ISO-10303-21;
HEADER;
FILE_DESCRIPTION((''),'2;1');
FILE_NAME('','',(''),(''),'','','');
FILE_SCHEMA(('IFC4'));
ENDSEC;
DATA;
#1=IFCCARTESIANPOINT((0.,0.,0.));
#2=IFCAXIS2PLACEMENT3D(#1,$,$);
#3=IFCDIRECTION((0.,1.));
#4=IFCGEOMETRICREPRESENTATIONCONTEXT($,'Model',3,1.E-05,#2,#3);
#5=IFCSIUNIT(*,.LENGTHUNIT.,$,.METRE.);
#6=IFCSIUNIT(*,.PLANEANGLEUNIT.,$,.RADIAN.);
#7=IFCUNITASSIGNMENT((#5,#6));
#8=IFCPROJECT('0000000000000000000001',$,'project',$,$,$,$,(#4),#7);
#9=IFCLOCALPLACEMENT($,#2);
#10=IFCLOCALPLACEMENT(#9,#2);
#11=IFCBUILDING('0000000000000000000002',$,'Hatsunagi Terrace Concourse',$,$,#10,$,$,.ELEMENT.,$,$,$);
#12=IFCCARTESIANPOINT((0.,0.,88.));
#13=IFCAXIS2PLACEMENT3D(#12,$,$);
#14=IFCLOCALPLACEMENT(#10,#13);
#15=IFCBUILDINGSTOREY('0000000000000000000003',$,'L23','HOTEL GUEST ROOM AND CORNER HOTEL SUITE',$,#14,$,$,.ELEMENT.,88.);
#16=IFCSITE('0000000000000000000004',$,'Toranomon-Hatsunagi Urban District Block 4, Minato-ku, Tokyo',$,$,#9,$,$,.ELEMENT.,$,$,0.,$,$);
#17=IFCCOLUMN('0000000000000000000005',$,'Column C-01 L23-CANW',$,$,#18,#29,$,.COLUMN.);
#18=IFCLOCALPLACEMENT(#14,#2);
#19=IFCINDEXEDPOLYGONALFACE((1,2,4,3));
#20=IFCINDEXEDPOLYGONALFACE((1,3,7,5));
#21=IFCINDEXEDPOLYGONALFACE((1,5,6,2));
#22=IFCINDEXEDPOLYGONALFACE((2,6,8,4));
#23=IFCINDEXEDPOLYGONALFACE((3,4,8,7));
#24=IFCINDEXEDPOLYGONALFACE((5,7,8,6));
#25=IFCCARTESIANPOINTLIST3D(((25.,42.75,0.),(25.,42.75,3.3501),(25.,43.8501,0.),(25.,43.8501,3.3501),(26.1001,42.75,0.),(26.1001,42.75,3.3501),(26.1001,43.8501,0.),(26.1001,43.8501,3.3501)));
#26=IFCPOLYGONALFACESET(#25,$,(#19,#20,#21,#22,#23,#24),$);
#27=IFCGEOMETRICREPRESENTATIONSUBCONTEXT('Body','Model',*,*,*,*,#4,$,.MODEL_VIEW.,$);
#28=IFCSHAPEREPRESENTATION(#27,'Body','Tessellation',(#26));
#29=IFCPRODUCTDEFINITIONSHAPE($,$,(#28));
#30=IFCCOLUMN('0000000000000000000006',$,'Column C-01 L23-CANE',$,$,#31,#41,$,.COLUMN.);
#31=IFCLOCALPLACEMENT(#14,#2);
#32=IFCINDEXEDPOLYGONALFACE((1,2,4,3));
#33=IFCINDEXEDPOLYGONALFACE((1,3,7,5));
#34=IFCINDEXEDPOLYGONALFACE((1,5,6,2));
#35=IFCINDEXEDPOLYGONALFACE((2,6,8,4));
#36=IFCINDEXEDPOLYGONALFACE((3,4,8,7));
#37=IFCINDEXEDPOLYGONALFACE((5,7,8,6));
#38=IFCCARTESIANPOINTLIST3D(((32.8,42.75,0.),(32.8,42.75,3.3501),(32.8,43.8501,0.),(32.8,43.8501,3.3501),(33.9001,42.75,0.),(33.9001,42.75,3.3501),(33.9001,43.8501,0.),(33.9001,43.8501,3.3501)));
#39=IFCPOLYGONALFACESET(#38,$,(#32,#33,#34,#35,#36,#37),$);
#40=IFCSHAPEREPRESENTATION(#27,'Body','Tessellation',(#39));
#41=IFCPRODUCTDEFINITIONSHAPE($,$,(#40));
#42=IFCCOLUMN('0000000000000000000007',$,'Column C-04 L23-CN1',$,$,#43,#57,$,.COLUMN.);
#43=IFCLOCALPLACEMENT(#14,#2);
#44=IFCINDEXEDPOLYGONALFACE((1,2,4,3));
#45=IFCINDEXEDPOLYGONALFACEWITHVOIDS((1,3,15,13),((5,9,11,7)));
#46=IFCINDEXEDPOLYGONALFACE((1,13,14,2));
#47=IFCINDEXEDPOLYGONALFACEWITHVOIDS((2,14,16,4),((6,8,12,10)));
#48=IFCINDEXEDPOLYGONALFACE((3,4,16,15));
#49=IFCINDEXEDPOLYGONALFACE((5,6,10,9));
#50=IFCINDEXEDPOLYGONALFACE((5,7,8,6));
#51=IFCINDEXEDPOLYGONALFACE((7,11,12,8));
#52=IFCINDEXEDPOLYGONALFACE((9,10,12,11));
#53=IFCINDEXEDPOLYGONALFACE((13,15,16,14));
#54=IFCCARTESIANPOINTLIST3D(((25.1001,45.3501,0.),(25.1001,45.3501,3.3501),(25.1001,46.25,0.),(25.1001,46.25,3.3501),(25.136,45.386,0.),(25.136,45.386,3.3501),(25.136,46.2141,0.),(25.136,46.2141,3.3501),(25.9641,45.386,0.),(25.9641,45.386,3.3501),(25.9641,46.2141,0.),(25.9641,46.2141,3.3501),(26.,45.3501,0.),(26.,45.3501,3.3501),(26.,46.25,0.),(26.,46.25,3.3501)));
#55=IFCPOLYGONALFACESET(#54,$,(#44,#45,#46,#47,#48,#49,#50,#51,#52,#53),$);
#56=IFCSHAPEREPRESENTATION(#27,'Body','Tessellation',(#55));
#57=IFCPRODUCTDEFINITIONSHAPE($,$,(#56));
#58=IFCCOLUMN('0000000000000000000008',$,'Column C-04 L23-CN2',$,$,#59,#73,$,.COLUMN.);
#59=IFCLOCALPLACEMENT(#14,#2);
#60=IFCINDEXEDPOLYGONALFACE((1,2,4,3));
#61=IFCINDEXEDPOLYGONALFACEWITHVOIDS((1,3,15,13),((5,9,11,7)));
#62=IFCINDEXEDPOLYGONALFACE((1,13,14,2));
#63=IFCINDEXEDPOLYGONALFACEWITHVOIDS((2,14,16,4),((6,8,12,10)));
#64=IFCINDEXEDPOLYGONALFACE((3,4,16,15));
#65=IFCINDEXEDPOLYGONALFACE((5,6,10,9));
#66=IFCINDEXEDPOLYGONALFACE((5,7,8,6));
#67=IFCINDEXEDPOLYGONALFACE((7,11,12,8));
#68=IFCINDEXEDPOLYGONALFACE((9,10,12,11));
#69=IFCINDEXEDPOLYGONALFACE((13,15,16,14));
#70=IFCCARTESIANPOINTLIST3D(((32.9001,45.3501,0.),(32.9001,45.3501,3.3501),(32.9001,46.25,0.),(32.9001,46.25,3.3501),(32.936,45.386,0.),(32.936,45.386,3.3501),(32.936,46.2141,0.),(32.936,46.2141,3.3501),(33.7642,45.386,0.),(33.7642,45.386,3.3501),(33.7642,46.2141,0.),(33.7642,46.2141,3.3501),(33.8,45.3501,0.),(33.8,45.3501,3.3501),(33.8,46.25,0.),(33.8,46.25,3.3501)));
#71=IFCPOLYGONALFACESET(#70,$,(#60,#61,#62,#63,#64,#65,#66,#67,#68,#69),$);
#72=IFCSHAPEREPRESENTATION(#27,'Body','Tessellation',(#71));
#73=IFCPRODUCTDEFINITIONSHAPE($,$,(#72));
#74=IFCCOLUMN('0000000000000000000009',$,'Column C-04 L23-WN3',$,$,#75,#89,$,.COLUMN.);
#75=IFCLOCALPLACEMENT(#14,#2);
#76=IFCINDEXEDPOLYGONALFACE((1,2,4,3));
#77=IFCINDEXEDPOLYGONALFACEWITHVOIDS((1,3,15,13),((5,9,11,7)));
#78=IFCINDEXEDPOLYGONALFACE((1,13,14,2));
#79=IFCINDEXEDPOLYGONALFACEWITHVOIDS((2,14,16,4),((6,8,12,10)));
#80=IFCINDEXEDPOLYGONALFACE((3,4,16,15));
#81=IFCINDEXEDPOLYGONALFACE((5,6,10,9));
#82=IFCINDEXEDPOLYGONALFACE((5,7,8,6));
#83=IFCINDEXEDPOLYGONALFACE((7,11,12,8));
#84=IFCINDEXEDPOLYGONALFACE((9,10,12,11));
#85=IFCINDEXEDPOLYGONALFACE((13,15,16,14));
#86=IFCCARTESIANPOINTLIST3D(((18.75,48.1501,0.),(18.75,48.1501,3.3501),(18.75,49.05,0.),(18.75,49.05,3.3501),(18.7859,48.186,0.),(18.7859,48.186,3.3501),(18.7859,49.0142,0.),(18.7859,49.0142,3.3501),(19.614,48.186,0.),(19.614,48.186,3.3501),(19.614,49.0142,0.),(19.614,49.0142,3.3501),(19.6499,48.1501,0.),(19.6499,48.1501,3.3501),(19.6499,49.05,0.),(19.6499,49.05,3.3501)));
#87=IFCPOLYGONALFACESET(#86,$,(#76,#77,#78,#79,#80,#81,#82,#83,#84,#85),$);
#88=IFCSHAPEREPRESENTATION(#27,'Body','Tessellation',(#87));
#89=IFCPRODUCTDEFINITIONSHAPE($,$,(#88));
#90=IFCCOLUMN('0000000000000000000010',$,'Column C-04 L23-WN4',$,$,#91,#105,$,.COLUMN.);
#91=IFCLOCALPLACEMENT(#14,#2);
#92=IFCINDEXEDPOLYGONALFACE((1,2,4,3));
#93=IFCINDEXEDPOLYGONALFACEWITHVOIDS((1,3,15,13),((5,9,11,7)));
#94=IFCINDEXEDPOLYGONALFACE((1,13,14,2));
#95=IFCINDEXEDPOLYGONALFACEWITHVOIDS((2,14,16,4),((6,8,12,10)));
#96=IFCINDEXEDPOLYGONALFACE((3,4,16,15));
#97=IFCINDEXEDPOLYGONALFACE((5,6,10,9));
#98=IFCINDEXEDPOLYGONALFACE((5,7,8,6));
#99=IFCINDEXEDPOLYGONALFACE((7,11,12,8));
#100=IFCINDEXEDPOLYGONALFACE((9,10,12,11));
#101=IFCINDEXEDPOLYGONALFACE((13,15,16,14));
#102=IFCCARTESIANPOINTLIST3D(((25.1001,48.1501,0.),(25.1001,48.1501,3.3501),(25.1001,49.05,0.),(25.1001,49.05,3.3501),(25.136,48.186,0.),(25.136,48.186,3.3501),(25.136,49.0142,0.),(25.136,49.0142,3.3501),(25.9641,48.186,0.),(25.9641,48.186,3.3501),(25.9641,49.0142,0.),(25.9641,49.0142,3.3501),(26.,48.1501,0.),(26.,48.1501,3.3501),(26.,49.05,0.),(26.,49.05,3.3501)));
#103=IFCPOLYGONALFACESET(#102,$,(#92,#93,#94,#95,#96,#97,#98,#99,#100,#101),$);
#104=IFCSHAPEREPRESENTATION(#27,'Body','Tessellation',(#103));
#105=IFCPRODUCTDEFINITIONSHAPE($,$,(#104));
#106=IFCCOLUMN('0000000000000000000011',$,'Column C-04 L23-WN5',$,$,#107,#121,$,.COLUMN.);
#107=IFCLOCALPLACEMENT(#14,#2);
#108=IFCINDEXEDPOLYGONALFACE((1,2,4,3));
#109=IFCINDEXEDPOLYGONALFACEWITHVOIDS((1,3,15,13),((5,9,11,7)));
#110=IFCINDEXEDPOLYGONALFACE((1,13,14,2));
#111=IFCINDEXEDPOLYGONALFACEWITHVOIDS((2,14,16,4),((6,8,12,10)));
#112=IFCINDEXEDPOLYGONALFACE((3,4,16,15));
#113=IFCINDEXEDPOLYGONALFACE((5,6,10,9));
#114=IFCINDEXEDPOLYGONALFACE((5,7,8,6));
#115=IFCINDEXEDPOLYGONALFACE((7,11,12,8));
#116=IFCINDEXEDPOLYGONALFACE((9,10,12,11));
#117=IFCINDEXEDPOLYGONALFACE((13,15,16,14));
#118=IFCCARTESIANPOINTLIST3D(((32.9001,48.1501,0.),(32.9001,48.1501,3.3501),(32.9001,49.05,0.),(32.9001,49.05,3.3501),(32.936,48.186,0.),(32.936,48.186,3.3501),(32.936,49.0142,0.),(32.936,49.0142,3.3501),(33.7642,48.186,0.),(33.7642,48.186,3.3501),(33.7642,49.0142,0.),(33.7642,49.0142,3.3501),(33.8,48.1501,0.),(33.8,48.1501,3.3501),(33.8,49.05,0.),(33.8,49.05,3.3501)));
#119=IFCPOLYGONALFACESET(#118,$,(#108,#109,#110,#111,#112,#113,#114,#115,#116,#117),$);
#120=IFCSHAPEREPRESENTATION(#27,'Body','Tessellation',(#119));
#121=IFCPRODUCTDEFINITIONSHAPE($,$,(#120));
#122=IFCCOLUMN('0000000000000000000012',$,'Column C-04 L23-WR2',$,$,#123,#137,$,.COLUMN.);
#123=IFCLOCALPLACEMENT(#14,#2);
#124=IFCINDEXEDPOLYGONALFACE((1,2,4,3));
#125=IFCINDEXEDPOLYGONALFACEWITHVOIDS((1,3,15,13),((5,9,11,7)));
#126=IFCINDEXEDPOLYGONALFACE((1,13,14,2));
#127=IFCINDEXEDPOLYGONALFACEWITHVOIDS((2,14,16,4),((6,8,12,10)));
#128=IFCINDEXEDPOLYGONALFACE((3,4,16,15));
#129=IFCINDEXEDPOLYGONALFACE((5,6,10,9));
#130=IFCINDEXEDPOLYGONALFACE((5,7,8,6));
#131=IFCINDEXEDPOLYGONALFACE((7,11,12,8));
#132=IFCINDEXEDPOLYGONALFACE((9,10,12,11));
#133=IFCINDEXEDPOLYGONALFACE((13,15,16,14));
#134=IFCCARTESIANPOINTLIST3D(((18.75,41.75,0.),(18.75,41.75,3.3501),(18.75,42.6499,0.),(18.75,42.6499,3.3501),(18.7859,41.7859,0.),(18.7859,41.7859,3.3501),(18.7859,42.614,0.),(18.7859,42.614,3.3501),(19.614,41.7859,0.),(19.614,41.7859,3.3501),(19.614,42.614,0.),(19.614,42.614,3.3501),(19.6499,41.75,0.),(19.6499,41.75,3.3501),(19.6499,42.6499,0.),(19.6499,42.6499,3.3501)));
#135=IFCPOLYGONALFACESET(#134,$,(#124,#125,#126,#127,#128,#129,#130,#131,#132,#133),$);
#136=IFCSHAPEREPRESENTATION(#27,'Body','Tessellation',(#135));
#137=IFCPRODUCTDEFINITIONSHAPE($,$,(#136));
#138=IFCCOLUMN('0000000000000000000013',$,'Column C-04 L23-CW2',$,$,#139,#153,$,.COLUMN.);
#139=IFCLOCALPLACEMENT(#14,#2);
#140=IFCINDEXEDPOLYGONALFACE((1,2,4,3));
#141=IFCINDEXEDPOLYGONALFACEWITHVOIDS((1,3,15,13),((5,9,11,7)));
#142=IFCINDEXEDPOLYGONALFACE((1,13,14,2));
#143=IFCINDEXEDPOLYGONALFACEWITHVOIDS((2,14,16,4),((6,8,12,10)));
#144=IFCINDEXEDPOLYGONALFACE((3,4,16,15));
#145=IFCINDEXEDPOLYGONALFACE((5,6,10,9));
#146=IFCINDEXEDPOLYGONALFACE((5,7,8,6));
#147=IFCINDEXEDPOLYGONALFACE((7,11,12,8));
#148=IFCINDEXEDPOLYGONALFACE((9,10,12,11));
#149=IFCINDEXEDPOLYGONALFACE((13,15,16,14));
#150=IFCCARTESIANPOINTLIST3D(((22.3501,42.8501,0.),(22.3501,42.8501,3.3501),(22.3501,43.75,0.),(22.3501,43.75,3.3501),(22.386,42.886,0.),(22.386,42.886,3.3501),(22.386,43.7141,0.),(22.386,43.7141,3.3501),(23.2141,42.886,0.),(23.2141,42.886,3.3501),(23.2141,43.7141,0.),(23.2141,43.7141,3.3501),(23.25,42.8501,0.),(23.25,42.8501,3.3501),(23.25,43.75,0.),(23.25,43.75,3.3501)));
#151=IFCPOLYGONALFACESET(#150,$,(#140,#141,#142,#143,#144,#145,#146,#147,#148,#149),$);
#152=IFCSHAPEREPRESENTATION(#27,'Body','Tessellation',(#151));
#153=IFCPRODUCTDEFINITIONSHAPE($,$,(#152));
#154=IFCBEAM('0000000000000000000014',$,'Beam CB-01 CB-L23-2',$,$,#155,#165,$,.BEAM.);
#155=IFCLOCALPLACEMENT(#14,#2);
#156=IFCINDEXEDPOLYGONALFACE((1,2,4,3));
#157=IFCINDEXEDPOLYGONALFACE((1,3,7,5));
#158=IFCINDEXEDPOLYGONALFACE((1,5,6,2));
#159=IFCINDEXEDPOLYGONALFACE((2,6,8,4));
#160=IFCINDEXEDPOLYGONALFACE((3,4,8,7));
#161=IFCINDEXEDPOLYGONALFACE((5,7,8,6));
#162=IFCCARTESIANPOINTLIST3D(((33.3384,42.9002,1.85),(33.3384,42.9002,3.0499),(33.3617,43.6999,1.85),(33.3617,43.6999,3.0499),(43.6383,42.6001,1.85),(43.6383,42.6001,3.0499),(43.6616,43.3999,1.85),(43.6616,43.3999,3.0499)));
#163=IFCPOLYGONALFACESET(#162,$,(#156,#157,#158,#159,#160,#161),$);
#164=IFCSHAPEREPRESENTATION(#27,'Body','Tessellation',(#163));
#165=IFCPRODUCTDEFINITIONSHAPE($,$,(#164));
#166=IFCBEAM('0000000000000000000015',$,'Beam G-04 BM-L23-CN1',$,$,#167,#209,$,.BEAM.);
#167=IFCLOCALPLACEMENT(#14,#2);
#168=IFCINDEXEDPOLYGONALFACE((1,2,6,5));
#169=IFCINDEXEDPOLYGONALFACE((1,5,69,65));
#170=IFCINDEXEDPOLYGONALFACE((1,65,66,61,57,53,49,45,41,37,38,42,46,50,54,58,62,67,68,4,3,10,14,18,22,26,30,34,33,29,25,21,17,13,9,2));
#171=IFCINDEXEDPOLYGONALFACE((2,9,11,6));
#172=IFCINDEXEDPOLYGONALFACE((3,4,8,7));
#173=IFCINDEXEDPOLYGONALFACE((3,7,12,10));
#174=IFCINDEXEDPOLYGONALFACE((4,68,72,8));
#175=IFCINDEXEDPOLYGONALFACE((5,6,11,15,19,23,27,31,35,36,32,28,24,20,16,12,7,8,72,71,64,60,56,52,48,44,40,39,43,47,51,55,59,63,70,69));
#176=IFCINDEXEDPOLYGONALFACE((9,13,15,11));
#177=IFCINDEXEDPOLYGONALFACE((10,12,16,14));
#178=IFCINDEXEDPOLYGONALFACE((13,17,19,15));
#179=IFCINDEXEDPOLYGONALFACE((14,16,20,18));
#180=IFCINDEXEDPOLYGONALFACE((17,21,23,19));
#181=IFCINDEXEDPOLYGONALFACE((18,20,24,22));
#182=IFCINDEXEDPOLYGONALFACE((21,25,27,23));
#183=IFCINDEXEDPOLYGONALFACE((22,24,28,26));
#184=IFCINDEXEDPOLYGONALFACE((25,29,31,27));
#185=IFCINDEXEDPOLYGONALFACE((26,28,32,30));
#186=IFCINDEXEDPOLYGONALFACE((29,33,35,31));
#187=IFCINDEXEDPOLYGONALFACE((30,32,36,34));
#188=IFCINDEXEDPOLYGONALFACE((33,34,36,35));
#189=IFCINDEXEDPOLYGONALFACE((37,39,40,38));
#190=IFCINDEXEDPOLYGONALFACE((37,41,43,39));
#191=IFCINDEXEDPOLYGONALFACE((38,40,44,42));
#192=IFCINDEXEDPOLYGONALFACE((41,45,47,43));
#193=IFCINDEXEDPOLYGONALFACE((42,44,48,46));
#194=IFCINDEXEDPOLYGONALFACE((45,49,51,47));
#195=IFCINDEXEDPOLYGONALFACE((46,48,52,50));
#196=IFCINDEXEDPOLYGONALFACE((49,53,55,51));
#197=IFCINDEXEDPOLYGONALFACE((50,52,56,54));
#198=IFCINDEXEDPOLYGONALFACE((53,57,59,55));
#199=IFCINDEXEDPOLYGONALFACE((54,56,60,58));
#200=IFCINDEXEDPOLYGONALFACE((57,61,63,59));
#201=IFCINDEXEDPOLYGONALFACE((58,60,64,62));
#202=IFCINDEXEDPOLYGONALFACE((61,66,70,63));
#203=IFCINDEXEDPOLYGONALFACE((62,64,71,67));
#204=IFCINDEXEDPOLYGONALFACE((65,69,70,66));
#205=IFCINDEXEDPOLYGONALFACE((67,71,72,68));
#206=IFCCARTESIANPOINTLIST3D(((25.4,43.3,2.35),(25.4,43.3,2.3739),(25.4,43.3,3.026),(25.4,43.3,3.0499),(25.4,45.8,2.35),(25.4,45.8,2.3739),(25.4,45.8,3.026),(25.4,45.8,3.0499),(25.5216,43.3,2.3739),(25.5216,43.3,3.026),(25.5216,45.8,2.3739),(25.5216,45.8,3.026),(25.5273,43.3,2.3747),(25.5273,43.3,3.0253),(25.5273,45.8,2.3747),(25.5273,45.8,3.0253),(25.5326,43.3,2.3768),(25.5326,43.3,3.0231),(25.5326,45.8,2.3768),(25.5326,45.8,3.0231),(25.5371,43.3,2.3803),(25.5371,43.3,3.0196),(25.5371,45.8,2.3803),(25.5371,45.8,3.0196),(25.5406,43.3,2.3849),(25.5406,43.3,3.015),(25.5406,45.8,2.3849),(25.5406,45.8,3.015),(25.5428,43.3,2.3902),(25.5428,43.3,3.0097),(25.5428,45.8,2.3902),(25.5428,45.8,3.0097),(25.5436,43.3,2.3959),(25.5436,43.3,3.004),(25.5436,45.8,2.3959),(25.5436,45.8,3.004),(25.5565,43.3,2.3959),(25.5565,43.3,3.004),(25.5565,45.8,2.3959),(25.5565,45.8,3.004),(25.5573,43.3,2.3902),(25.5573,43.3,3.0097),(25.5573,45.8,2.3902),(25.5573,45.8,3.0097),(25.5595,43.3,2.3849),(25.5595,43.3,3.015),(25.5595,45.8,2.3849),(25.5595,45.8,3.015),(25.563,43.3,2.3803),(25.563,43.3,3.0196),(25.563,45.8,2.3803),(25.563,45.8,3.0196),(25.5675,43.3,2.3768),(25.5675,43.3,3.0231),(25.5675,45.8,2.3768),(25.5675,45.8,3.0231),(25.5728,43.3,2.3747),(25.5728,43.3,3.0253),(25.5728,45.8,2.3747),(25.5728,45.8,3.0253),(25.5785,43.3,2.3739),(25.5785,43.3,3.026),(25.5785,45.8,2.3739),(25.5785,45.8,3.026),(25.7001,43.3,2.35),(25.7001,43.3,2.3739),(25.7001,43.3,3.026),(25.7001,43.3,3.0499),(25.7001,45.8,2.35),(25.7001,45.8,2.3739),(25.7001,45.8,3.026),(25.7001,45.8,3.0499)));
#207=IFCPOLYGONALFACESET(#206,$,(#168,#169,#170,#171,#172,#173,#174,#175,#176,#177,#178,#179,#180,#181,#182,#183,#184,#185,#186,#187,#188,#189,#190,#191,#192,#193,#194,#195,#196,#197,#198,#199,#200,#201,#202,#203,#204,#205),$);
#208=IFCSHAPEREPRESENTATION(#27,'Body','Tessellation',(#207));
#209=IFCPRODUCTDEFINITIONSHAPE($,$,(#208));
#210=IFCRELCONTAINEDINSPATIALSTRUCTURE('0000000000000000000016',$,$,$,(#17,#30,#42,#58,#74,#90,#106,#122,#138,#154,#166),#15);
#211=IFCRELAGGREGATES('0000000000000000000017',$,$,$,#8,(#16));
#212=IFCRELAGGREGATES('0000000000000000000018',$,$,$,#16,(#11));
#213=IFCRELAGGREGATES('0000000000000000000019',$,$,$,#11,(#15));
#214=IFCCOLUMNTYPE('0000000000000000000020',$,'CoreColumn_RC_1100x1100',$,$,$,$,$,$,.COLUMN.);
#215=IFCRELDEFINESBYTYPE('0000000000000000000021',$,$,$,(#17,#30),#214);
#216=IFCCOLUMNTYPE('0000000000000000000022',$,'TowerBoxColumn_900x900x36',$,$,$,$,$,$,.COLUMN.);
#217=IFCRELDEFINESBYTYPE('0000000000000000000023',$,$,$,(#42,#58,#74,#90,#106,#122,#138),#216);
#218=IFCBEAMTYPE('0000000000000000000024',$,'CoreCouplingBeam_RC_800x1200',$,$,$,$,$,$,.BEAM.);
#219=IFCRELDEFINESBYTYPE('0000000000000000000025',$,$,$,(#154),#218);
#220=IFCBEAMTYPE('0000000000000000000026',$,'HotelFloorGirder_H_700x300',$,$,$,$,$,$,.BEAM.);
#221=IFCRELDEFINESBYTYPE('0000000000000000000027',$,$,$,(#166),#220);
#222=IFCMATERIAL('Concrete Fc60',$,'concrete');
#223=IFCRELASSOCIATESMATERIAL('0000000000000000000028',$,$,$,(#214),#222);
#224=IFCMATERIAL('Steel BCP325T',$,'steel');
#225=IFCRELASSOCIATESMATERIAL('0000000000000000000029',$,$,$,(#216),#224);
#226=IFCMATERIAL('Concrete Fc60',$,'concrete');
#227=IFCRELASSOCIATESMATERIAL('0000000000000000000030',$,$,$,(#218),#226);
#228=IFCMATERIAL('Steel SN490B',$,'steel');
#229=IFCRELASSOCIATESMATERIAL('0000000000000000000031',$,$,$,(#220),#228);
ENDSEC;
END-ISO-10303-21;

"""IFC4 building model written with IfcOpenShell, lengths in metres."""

from ifc_helpers import new_model, si_unit, direction, frame, origin, origin_2d, place, context, subcontext, project, spatial, rectangle, hollow_rectangle, i_section, extrude, material, material_profile, profile_set, type_object, element, save


model = new_model("IFC4")

# Units and contexts
model_context = context("Model", 3, precision=1e-05, world=origin(), true_north=direction((0.0, 1.0)))
body_context = subcontext(model_context, "Body", "Model", "MODEL_VIEW")
ifc_project = project(units=[si_unit("LENGTHUNIT", "METRE"), si_unit("PLANEANGLEUNIT", "RADIAN")], contexts=[model_context])

# Site, building, storey
site_placement = place(None, origin())
site = spatial("IfcSite", under=ifc_project, at=site_placement, Name="Toranomon-Hatsunagi Urban District Block 4, Minato-ku, Tokyo", CompositionType="ELEMENT", RefElevation=0.0)
building_placement = place(site_placement, origin())
building = spatial("IfcBuilding", under=site, at=building_placement, Name="Hatsunagi Terrace Concourse", CompositionType="ELEMENT")
storey_placement = place(building_placement, frame((0.0, 0.0, 88.0)))
storey = spatial("IfcBuildingStorey", under=building, at=storey_placement, Name="L23", Description="HOTEL GUEST ROOM AND CORNER HOTEL SUITE", CompositionType="ELEMENT", Elevation=88.0)

# Columns
ifc_material_1 = material(Name="Concrete Fc60", Category="concrete")
ifc_material_profile_1 = material_profile(ifc_material_1, rectangle(XDim=1.1001, YDim=1.1001, at=origin_2d()), Name="RC-1100x1100")
ifc_profile_set_1 = profile_set([ifc_material_profile_1], Name="Concrete Fc60")
column_type_1 = type_object("IfcColumnType", Name="CoreColumn_RC_1100x1100", PredefinedType="COLUMN", material=ifc_profile_set_1)
for number, where, z_axis, x_axis, name in (
    (1, (25.55, 43.3, 0.0), (0.0, 0.0, 1.0), (1.0, 0.0, 0.0), "Column C-01 L23-CANW"),
    (2, (33.3501, 43.3, 0.0), (0.0, 0.0, 1.0), (1.0, 0.0, 0.0), "Column C-01 L23-CANE"),
):
    element("IfcColumn", number, at=place(storey_placement, frame(where, z_axis=z_axis, x_axis=x_axis)), inside=storey, type_object=column_type_1, Name=name, PredefinedType="COLUMN", context=body_context, shape_type="SweptSolid", body=[
        extrude(rectangle(XDim=1.1001, YDim=1.1001, at=origin_2d()), origin(), (0.0, 0.0, 1.0), 3.3501),
    ])
ifc_material_2 = material(Name="Steel BCP325T", Category="steel")
ifc_material_profile_2 = material_profile(ifc_material_2, hollow_rectangle(XDim=0.8999, YDim=0.8999, WallThickness=0.0359, at=origin_2d()), Name="BCP-900x900x36")
ifc_profile_set_2 = profile_set([ifc_material_profile_2], Name="Steel BCP325T")
column_type_2 = type_object("IfcColumnType", Name="TowerBoxColumn_900x900x36", PredefinedType="COLUMN", material=ifc_profile_set_2)
for number, where, z_axis, x_axis, name in (
    (3, (25.55, 45.8, 0.0), (0.0, 0.0, 1.0), (1.0, 0.0, 0.0), "Column C-04 L23-CN1"),
    (4, (33.3501, 45.8, 0.0), (0.0, 0.0, 1.0), (1.0, 0.0, 0.0), "Column C-04 L23-CN2"),
    (5, (19.2, 48.6001, 0.0), (0.0, 0.0, 1.0), (1.0, 0.0, 0.0), "Column C-04 L23-WN3"),
    (6, (25.55, 48.6001, 0.0), (0.0, 0.0, 1.0), (1.0, 0.0, 0.0), "Column C-04 L23-WN4"),
    (7, (33.3501, 48.6001, 0.0), (0.0, 0.0, 1.0), (1.0, 0.0, 0.0), "Column C-04 L23-WN5"),
    (8, (19.2, 42.2, 0.0), (0.0, 0.0, 1.0), (1.0, 0.0, 0.0), "Column C-04 L23-WR2"),
    (9, (22.8, 43.3, 0.0), (0.0, 0.0, 1.0), (1.0, 0.0, 0.0), "Column C-04 L23-CW2"),
):
    element("IfcColumn", number, at=place(storey_placement, frame(where, z_axis=z_axis, x_axis=x_axis)), inside=storey, type_object=column_type_2, Name=name, PredefinedType="COLUMN", context=body_context, shape_type="SweptSolid", body=[
        extrude(hollow_rectangle(XDim=0.8999, YDim=0.8999, WallThickness=0.0359, at=origin_2d()), origin(), (0.0, 0.0, 1.0), 3.3501),
    ])

# Beams
ifc_material_3 = material(Name="Concrete Fc60", Category="concrete")
ifc_material_profile_3 = material_profile(ifc_material_3, rectangle(XDim=0.8, YDim=1.2, at=origin_2d()), Name="RC-800x1200")
ifc_profile_set_3 = profile_set([ifc_material_profile_3], Name="Concrete Fc60")
beam_type_1 = type_object("IfcBeamType", Name="CoreCouplingBeam_RC_800x1200", PredefinedType="BEAM", material=ifc_profile_set_3)
beam_1_placement = place(storey_placement, frame((33.3501, 43.3, 2.45), z_axis=(0.999576, -0.029119, 0.0), x_axis=(0.029119, 0.999576, 0.0)))
element("IfcBeam", 10, at=beam_1_placement, inside=storey, type_object=beam_type_1, Name="Beam CB-01 CB-L23-2", PredefinedType="BEAM", context=body_context, shape_type="SweptSolid", body=[
    extrude(rectangle(XDim=0.8, YDim=1.2, at=origin_2d()), origin(), (0.0, 0.0, 1.0), 10.3042),
])
ifc_material_4 = material(Name="Steel SN490B", Category="steel")
ifc_material_profile_4 = material_profile(ifc_material_4, i_section(OverallWidth=0.3, OverallDepth=0.7, WebThickness=0.0129, FlangeThickness=0.0239, FilletRadius=0.022, at=origin_2d()), Name="H-700x300x13x24")
ifc_profile_set_4 = profile_set([ifc_material_profile_4], Name="Steel SN490B")
beam_type_2 = type_object("IfcBeamType", Name="HotelFloorGirder_H_700x300", PredefinedType="BEAM", material=ifc_profile_set_4)
beam_2_placement = place(storey_placement, frame((25.55, 43.3, 2.7), z_axis=(0.0, 1.0, 0.0), x_axis=(-1.0, 0.0, 0.0)))
element("IfcBeam", 11, at=beam_2_placement, inside=storey, type_object=beam_type_2, Name="Beam G-04 BM-L23-CN1", PredefinedType="BEAM", context=body_context, shape_type="SweptSolid", body=[
    extrude(i_section(OverallWidth=0.3, OverallDepth=0.7, WebThickness=0.0129, FlangeThickness=0.0239, FilletRadius=0.022, at=origin_2d()), origin(), (0.0, 0.0, 1.0), 2.5),
])

save(model, "model.ifc")
